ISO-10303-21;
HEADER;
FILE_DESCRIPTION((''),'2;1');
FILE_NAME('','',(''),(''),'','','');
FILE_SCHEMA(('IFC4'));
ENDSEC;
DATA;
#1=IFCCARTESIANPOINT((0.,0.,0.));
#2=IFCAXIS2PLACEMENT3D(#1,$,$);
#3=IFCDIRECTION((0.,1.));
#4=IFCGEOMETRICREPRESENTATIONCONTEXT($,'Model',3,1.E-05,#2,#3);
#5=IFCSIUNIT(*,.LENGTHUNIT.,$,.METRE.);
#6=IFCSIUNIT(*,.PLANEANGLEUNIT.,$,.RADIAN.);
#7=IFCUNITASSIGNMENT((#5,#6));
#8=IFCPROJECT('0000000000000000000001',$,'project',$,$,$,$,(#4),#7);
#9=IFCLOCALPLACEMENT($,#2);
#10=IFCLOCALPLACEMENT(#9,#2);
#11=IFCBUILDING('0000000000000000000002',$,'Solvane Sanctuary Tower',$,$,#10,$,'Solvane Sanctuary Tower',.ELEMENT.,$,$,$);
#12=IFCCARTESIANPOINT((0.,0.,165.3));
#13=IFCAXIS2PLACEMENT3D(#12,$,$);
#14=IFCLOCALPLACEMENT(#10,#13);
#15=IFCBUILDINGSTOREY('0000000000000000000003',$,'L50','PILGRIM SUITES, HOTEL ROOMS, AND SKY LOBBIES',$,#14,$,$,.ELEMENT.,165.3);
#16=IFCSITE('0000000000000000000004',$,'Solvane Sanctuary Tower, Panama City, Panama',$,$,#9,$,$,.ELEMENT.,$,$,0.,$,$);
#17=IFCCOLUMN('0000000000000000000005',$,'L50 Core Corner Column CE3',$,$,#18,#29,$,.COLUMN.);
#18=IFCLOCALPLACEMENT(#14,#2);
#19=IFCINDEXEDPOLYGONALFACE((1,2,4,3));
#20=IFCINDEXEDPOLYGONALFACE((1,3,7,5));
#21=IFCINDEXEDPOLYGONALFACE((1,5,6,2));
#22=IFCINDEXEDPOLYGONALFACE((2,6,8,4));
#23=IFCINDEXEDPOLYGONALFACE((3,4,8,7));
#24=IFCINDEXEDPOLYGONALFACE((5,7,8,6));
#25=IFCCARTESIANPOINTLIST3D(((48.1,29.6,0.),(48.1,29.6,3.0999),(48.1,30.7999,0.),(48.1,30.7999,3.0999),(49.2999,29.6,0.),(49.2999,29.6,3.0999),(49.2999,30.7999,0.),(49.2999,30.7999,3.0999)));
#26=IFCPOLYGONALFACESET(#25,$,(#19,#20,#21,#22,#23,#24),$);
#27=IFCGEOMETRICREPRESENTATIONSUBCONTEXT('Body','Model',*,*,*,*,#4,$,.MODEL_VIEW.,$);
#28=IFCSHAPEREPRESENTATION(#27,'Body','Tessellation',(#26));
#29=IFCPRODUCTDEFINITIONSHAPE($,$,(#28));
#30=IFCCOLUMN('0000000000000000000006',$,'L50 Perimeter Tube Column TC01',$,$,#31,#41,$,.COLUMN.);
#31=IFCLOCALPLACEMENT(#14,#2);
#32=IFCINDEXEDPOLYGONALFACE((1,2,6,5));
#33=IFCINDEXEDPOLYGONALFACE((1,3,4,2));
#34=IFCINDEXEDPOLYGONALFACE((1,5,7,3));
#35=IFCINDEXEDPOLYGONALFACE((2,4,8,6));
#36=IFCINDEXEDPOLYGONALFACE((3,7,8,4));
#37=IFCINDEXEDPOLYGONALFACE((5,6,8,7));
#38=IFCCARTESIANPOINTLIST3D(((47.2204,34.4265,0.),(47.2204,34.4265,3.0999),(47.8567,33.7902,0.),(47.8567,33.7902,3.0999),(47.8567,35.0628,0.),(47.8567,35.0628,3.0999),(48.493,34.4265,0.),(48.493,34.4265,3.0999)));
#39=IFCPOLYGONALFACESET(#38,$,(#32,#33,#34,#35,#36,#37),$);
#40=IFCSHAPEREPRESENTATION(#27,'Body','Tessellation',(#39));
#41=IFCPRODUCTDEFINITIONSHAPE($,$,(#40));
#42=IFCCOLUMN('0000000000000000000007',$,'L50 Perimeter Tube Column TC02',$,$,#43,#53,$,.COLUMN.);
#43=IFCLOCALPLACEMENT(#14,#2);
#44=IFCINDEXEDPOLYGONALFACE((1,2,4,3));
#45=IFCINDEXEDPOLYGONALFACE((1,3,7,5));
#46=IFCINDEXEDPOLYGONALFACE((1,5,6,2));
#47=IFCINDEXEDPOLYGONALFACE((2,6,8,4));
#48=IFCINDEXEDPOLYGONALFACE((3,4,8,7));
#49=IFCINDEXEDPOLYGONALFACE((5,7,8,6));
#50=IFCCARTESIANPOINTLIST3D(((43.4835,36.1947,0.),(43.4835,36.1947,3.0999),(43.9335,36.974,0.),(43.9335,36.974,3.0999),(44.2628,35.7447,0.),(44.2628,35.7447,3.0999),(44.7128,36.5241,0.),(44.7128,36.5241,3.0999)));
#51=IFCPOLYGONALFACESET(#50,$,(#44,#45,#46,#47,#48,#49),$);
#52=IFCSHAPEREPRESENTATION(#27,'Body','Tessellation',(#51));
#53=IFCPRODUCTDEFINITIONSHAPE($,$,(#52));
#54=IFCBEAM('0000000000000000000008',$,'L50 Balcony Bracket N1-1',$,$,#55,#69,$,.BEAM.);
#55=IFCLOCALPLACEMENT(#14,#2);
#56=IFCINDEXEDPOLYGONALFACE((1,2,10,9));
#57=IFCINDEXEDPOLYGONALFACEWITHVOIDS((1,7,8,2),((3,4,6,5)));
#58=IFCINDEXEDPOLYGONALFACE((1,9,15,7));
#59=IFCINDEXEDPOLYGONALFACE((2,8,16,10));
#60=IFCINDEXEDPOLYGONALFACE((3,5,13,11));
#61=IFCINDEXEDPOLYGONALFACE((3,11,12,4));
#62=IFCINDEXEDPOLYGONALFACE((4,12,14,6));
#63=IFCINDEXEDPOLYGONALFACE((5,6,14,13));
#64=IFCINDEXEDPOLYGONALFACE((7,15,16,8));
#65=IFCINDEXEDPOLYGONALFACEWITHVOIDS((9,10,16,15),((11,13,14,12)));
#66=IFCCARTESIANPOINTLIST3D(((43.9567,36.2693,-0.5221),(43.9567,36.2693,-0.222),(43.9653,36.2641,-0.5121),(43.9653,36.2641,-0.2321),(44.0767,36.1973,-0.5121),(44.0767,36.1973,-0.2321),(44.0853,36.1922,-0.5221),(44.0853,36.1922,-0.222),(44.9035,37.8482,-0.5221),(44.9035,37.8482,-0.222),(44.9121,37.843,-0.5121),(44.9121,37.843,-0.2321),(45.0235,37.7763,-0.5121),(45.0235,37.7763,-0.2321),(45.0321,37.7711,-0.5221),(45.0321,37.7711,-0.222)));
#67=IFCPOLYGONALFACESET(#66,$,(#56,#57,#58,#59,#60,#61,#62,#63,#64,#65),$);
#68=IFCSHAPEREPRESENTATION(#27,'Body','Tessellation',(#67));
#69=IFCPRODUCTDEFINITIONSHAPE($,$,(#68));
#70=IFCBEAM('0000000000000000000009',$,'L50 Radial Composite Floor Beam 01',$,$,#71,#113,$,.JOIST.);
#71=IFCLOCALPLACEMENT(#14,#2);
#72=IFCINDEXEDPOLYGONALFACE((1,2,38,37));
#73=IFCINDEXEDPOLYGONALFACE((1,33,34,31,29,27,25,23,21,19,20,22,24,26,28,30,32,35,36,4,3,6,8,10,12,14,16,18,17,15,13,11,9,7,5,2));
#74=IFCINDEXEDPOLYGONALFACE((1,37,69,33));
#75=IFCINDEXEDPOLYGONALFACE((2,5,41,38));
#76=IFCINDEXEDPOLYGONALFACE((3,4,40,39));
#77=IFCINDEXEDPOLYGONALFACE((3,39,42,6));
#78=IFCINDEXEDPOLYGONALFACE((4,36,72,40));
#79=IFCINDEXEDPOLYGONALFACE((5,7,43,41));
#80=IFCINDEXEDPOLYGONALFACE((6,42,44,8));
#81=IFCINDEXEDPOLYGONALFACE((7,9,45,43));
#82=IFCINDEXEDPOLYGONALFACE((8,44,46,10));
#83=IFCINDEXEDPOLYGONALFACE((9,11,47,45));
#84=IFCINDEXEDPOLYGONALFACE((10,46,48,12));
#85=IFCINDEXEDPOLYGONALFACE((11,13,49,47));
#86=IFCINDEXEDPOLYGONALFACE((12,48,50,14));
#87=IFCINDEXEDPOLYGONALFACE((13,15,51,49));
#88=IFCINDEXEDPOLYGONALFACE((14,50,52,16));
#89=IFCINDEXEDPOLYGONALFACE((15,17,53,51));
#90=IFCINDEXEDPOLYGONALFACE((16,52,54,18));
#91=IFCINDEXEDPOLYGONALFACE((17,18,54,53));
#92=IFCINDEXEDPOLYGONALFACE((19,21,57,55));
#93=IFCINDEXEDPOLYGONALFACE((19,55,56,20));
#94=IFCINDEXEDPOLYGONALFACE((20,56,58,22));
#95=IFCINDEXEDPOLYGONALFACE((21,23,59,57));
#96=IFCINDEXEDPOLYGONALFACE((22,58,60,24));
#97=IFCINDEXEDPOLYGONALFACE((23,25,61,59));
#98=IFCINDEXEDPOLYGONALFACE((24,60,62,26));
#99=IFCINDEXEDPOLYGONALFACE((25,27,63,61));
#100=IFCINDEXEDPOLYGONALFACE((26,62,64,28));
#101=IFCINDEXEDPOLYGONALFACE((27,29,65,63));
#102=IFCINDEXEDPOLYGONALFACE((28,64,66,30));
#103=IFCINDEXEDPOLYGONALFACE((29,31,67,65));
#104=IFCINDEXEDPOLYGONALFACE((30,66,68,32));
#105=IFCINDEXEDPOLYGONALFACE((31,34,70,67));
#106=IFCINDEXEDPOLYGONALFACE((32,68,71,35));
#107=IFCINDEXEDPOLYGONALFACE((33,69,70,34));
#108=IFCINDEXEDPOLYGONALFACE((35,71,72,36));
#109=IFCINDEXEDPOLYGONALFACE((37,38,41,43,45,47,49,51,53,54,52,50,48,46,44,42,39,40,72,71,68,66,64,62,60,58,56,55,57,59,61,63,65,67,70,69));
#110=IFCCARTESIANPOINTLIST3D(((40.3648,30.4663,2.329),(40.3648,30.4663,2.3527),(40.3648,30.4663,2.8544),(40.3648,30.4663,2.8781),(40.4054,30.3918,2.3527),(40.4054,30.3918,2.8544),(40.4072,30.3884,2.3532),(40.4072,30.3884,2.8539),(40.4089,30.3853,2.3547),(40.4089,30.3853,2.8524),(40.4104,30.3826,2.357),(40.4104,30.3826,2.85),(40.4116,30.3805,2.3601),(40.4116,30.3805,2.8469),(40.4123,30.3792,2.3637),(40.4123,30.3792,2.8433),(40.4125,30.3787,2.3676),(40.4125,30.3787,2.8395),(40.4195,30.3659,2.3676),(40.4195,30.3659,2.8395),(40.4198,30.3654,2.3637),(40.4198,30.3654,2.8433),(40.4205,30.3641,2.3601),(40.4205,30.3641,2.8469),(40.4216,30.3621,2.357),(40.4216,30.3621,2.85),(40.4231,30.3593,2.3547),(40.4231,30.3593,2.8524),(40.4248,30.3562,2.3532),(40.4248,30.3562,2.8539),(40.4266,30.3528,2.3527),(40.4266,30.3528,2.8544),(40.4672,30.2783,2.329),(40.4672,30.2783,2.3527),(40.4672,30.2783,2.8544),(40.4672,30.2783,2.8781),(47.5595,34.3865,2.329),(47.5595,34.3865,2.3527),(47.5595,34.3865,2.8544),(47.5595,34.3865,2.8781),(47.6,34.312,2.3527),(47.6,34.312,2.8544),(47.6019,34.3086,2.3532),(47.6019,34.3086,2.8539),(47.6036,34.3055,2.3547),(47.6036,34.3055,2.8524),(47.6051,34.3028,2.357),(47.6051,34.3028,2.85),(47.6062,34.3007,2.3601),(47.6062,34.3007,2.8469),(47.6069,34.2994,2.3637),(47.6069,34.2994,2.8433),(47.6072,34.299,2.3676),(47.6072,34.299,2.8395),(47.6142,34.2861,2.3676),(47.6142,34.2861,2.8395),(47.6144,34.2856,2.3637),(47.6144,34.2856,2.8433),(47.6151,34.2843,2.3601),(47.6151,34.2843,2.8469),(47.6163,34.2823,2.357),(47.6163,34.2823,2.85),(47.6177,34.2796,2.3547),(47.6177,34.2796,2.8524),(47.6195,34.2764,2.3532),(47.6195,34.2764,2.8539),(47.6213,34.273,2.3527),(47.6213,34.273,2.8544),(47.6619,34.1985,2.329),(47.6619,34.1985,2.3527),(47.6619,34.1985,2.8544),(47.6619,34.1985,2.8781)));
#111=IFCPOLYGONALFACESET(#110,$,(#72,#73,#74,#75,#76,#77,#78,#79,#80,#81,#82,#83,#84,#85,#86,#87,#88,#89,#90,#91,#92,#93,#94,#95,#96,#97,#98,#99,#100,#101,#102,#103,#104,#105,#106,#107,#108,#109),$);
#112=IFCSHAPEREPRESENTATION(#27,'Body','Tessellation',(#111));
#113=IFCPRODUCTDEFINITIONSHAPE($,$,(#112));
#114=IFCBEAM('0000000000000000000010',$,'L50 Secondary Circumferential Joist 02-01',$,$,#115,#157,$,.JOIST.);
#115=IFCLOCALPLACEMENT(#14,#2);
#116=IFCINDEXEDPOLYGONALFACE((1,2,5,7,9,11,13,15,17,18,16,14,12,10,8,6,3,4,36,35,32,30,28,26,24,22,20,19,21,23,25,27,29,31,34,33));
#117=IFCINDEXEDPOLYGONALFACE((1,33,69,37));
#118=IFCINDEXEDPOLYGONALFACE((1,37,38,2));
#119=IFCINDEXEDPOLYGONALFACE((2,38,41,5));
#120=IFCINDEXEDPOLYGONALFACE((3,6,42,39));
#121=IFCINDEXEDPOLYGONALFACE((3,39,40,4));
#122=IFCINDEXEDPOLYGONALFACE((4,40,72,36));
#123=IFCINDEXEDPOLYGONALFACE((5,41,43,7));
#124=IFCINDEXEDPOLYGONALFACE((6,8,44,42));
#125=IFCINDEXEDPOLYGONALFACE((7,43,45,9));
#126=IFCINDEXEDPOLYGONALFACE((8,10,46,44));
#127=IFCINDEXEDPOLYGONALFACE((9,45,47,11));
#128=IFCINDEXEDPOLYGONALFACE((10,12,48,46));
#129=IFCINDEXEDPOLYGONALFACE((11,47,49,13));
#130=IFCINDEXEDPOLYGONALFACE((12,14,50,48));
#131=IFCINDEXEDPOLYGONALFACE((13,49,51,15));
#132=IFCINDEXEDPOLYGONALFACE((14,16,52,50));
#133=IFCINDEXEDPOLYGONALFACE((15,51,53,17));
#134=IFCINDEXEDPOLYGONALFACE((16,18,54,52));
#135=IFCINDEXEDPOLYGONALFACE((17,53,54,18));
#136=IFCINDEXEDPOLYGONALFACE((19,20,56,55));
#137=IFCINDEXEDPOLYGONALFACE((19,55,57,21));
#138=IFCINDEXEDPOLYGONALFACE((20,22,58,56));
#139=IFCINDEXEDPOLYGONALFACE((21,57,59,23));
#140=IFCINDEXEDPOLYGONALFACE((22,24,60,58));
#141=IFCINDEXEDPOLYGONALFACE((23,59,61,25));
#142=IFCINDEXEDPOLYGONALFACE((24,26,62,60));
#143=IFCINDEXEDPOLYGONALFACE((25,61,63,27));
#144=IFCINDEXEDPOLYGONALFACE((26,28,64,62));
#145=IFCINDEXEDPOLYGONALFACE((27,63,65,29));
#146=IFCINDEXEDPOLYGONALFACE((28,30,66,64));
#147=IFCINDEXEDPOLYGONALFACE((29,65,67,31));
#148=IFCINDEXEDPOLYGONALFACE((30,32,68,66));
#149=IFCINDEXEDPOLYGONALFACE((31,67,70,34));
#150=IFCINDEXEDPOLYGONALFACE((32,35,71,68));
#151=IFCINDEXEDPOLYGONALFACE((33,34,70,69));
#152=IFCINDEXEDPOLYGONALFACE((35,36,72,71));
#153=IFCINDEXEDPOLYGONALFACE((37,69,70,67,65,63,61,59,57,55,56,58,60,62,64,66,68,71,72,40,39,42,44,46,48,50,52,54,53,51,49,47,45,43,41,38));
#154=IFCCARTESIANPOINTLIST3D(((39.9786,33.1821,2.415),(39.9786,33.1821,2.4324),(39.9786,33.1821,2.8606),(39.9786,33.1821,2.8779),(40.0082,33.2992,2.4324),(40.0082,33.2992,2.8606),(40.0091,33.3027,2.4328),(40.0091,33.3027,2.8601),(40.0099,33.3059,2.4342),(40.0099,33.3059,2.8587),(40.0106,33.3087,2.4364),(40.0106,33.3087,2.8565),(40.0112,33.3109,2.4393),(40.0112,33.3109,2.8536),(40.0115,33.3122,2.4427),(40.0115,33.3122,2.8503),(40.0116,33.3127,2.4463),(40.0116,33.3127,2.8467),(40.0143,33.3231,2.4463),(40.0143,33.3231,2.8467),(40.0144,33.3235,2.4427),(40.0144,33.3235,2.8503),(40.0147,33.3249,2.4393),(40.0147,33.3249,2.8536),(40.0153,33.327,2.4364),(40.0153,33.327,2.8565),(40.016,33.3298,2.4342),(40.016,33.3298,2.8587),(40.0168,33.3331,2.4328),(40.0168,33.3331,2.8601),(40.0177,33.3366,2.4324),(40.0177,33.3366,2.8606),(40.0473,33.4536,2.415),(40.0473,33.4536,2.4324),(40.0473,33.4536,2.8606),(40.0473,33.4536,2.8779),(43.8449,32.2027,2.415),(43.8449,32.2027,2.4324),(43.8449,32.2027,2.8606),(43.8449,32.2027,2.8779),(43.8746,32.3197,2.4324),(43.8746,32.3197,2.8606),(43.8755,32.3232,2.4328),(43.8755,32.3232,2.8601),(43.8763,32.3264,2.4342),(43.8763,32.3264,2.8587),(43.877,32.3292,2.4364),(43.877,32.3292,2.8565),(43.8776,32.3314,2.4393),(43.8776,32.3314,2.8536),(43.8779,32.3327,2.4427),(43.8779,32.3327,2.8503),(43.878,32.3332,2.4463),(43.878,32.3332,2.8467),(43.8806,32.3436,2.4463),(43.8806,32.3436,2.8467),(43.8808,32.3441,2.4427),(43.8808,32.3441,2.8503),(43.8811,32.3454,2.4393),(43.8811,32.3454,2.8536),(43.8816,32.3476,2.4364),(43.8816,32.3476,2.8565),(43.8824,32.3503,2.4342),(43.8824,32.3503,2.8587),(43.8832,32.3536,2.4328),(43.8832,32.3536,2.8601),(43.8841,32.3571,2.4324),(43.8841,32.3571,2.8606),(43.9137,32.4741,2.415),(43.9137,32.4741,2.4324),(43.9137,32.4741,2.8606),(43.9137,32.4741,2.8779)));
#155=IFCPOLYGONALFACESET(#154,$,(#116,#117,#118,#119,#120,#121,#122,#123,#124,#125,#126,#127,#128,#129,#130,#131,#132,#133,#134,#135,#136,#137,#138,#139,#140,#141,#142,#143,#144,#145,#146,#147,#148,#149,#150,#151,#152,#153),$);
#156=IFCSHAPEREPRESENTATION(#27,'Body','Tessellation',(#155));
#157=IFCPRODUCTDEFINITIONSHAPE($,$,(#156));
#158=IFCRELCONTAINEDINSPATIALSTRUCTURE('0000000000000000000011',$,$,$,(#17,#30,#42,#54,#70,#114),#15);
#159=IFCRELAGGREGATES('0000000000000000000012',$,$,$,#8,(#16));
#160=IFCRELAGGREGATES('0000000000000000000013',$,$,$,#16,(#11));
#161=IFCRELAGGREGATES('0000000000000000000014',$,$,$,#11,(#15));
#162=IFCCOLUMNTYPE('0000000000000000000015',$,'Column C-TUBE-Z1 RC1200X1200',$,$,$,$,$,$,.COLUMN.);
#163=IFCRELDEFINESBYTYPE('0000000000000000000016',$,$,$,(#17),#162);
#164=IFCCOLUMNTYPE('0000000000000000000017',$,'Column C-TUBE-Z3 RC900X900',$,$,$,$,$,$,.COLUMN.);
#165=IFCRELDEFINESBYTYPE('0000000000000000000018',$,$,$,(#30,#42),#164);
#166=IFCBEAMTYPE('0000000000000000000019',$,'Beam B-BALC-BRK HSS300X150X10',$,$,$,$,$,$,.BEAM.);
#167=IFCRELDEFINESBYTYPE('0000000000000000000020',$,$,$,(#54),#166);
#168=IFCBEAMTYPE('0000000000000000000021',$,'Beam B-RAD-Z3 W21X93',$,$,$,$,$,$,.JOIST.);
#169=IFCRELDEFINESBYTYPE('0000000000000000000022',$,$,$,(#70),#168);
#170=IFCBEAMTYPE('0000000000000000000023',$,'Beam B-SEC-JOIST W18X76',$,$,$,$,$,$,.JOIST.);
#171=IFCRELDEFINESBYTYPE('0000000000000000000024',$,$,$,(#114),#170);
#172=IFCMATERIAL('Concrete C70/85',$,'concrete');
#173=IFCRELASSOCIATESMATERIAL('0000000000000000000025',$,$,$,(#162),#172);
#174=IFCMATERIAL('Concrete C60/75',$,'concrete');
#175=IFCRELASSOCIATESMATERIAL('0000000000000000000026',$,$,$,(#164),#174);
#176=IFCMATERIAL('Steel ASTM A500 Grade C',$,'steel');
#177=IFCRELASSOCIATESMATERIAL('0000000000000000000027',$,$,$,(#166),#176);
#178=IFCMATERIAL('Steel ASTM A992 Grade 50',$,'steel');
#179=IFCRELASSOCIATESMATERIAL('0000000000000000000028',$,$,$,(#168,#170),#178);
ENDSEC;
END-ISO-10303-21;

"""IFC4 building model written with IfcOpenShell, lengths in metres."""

from ifc_helpers import new_model, si_unit, direction, frame, origin, origin_2d, place, context, subcontext, project, spatial, rectangle, hollow_rectangle, i_section, extrude, material, material_profile, profile_set, type_object, element, save


model = new_model("IFC4")

# Units and contexts
model_context = context("Model", 3, precision=1e-05, world=origin(), true_north=direction((0.0, 1.0)))
body_context = subcontext(model_context, "Body", "Model", "MODEL_VIEW")
ifc_project = project(units=[si_unit("LENGTHUNIT", "METRE"), si_unit("PLANEANGLEUNIT", "RADIAN")], contexts=[model_context])

# Site, building, storey
site_placement = place(None, origin())
site = spatial("IfcSite", under=ifc_project, at=site_placement, Name="Solvane Sanctuary Tower, Panama City, Panama", CompositionType="ELEMENT", RefElevation=0.0)
building_placement = place(site_placement, origin())
building = spatial("IfcBuilding", under=site, at=building_placement, Name="Solvane Sanctuary Tower", LongName="Solvane Sanctuary Tower", CompositionType="ELEMENT")
storey_placement = place(building_placement, frame((0.0, 0.0, 165.3)))
storey = spatial("IfcBuildingStorey", under=building, at=storey_placement, Name="L50", Description="PILGRIM SUITES, HOTEL ROOMS, AND SKY LOBBIES", CompositionType="ELEMENT", Elevation=165.3)

# Columns
ifc_material_1 = material(Name="Concrete C70/85", Category="concrete")
ifc_material_profile_1 = material_profile(ifc_material_1, rectangle(XDim=1.2, YDim=1.2, at=origin_2d()), Name="RC1200X1200")
ifc_profile_set_1 = profile_set([ifc_material_profile_1], Name="Concrete C70/85")
column_type_1 = type_object("IfcColumnType", Name="Column C-TUBE-Z1 RC1200X1200", PredefinedType="COLUMN", material=ifc_profile_set_1)
column_placement = place(storey_placement, frame((48.7, 30.2, 0.0), z_axis=(0.0, 0.0, 1.0), x_axis=(1.0, 0.0, 0.0)))
element("IfcColumn", 1, at=column_placement, inside=storey, type_object=column_type_1, Name="L50 Core Corner Column CE3", PredefinedType="COLUMN", context=body_context, shape_type="SweptSolid", body=[
    extrude(rectangle(XDim=1.2, YDim=1.2, at=origin_2d()), origin(), (0.0, 0.0, 1.0), 3.0999),
])
ifc_material_2 = material(Name="Concrete C60/75", Category="concrete")
ifc_material_profile_2 = material_profile(ifc_material_2, rectangle(XDim=0.8999, YDim=0.8999, at=origin_2d()), Name="RC900X900")
ifc_profile_set_2 = profile_set([ifc_material_profile_2], Name="Concrete C60/75")
column_type_2 = type_object("IfcColumnType", Name="Column C-TUBE-Z3 RC900X900", PredefinedType="COLUMN", material=ifc_profile_set_2)
for number, where, z_axis, x_axis, name in (
    (2, (47.8567, 34.4265, 0.0), (0.0, 0.0, 1.0), (0.707107, 0.707107, 0.0), "L50 Perimeter Tube Column TC01"),
    (3, (44.0981, 36.3594, 0.0), (0.0, 0.0, 1.0), (0.5, 0.866025, 0.0), "L50 Perimeter Tube Column TC02"),
):
    element("IfcColumn", number, at=place(storey_placement, frame(where, z_axis=z_axis, x_axis=x_axis)), inside=storey, type_object=column_type_2, Name=name, PredefinedType="COLUMN", context=body_context, shape_type="SweptSolid", body=[
        extrude(rectangle(XDim=0.8999, YDim=0.8999, at=origin_2d()), origin(), (0.0, 0.0, 1.0), 3.0999),
    ])

# Beams
ifc_material_3 = material(Name="Steel ASTM A500 Grade C", Category="steel")
ifc_material_profile_3 = material_profile(ifc_material_3, hollow_rectangle(XDim=0.1499, YDim=0.3, WallThickness=0.01, at=origin_2d()), Name="HSS300X150X10")
ifc_profile_set_3 = profile_set([ifc_material_profile_3], Name="Steel ASTM A500 Grade C")
beam_type_1 = type_object("IfcBeamType", Name="Beam B-BALC-BRK HSS300X150X10", PredefinedType="BEAM", material=ifc_profile_set_3)
beam_1_placement = place(storey_placement, frame((44.021, 36.2307, -0.3721), z_axis=(0.514281, 0.857622, 0.0), x_axis=(-0.857622, 0.514281, 0.0)))
element("IfcBeam", 4, at=beam_1_placement, inside=storey, type_object=beam_type_1, Name="L50 Balcony Bracket N1-1", PredefinedType="BEAM", context=body_context, shape_type="SweptSolid", body=[
    extrude(hollow_rectangle(XDim=0.1499, YDim=0.3, WallThickness=0.01, at=origin_2d()), origin(), (0.0, 0.0, 1.0), 1.8411),
])
ifc_material_4 = material(Name="Steel ASTM A992 Grade 50", Category="steel")
ifc_material_profile_4 = material_profile(ifc_material_4, i_section(OverallWidth=0.2141, OverallDepth=0.5491, WebThickness=0.0146, FlangeThickness=0.0237, FilletRadius=0.0149, at=origin_2d()), Name="W21X93")
ifc_profile_set_4 = profile_set([ifc_material_profile_4], Name="Steel ASTM A992 Grade 50")
beam_type_2 = type_object("IfcBeamType", Name="Beam B-RAD-Z3 W21X93", PredefinedType="JOIST", material=ifc_profile_set_4)
beam_2_placement = place(storey_placement, frame((40.416, 30.3723, 2.6035), z_axis=(0.878108, 0.478462, 0.0), x_axis=(-0.478462, 0.878108, 0.0)))
element("IfcBeam", 5, at=beam_2_placement, inside=storey, type_object=beam_type_2, Name="L50 Radial Composite Floor Beam 01", PredefinedType="JOIST", context=body_context, shape_type="SweptSolid", body=[
    extrude(i_section(OverallWidth=0.2141, OverallDepth=0.5491, WebThickness=0.0146, FlangeThickness=0.0237, FilletRadius=0.0149, at=origin_2d()), origin(), (0.0, 0.0, 1.0), 8.1934),
])
ifc_material_profile_5 = material_profile(ifc_material_4, i_section(OverallWidth=0.28, OverallDepth=0.4629, WebThickness=0.0107, FlangeThickness=0.0173, FilletRadius=0.0139, at=origin_2d()), Name="W18X76")
ifc_profile_set_5 = profile_set([ifc_material_profile_5], Name="Steel ASTM A992 Grade 50")
beam_type_3 = type_object("IfcBeamType", Name="Beam B-SEC-JOIST W18X76", PredefinedType="JOIST", material=ifc_profile_set_5)
beam_3_placement = place(storey_placement, frame((40.0129, 33.3179, 2.6465), z_axis=(0.969378, -0.245573, 0.0), x_axis=(0.245573, 0.969378, 0.0)))
element("IfcBeam", 6, at=beam_3_placement, inside=storey, type_object=beam_type_3, Name="L50 Secondary Circumferential Joist 02-01", PredefinedType="JOIST", context=body_context, shape_type="SweptSolid", body=[
    extrude(i_section(OverallWidth=0.28, OverallDepth=0.4629, WebThickness=0.0107, FlangeThickness=0.0173, FilletRadius=0.0139, at=origin_2d()), origin(), (0.0, 0.0, 1.0), 3.9885),
])

save(model, "model.ifc")
